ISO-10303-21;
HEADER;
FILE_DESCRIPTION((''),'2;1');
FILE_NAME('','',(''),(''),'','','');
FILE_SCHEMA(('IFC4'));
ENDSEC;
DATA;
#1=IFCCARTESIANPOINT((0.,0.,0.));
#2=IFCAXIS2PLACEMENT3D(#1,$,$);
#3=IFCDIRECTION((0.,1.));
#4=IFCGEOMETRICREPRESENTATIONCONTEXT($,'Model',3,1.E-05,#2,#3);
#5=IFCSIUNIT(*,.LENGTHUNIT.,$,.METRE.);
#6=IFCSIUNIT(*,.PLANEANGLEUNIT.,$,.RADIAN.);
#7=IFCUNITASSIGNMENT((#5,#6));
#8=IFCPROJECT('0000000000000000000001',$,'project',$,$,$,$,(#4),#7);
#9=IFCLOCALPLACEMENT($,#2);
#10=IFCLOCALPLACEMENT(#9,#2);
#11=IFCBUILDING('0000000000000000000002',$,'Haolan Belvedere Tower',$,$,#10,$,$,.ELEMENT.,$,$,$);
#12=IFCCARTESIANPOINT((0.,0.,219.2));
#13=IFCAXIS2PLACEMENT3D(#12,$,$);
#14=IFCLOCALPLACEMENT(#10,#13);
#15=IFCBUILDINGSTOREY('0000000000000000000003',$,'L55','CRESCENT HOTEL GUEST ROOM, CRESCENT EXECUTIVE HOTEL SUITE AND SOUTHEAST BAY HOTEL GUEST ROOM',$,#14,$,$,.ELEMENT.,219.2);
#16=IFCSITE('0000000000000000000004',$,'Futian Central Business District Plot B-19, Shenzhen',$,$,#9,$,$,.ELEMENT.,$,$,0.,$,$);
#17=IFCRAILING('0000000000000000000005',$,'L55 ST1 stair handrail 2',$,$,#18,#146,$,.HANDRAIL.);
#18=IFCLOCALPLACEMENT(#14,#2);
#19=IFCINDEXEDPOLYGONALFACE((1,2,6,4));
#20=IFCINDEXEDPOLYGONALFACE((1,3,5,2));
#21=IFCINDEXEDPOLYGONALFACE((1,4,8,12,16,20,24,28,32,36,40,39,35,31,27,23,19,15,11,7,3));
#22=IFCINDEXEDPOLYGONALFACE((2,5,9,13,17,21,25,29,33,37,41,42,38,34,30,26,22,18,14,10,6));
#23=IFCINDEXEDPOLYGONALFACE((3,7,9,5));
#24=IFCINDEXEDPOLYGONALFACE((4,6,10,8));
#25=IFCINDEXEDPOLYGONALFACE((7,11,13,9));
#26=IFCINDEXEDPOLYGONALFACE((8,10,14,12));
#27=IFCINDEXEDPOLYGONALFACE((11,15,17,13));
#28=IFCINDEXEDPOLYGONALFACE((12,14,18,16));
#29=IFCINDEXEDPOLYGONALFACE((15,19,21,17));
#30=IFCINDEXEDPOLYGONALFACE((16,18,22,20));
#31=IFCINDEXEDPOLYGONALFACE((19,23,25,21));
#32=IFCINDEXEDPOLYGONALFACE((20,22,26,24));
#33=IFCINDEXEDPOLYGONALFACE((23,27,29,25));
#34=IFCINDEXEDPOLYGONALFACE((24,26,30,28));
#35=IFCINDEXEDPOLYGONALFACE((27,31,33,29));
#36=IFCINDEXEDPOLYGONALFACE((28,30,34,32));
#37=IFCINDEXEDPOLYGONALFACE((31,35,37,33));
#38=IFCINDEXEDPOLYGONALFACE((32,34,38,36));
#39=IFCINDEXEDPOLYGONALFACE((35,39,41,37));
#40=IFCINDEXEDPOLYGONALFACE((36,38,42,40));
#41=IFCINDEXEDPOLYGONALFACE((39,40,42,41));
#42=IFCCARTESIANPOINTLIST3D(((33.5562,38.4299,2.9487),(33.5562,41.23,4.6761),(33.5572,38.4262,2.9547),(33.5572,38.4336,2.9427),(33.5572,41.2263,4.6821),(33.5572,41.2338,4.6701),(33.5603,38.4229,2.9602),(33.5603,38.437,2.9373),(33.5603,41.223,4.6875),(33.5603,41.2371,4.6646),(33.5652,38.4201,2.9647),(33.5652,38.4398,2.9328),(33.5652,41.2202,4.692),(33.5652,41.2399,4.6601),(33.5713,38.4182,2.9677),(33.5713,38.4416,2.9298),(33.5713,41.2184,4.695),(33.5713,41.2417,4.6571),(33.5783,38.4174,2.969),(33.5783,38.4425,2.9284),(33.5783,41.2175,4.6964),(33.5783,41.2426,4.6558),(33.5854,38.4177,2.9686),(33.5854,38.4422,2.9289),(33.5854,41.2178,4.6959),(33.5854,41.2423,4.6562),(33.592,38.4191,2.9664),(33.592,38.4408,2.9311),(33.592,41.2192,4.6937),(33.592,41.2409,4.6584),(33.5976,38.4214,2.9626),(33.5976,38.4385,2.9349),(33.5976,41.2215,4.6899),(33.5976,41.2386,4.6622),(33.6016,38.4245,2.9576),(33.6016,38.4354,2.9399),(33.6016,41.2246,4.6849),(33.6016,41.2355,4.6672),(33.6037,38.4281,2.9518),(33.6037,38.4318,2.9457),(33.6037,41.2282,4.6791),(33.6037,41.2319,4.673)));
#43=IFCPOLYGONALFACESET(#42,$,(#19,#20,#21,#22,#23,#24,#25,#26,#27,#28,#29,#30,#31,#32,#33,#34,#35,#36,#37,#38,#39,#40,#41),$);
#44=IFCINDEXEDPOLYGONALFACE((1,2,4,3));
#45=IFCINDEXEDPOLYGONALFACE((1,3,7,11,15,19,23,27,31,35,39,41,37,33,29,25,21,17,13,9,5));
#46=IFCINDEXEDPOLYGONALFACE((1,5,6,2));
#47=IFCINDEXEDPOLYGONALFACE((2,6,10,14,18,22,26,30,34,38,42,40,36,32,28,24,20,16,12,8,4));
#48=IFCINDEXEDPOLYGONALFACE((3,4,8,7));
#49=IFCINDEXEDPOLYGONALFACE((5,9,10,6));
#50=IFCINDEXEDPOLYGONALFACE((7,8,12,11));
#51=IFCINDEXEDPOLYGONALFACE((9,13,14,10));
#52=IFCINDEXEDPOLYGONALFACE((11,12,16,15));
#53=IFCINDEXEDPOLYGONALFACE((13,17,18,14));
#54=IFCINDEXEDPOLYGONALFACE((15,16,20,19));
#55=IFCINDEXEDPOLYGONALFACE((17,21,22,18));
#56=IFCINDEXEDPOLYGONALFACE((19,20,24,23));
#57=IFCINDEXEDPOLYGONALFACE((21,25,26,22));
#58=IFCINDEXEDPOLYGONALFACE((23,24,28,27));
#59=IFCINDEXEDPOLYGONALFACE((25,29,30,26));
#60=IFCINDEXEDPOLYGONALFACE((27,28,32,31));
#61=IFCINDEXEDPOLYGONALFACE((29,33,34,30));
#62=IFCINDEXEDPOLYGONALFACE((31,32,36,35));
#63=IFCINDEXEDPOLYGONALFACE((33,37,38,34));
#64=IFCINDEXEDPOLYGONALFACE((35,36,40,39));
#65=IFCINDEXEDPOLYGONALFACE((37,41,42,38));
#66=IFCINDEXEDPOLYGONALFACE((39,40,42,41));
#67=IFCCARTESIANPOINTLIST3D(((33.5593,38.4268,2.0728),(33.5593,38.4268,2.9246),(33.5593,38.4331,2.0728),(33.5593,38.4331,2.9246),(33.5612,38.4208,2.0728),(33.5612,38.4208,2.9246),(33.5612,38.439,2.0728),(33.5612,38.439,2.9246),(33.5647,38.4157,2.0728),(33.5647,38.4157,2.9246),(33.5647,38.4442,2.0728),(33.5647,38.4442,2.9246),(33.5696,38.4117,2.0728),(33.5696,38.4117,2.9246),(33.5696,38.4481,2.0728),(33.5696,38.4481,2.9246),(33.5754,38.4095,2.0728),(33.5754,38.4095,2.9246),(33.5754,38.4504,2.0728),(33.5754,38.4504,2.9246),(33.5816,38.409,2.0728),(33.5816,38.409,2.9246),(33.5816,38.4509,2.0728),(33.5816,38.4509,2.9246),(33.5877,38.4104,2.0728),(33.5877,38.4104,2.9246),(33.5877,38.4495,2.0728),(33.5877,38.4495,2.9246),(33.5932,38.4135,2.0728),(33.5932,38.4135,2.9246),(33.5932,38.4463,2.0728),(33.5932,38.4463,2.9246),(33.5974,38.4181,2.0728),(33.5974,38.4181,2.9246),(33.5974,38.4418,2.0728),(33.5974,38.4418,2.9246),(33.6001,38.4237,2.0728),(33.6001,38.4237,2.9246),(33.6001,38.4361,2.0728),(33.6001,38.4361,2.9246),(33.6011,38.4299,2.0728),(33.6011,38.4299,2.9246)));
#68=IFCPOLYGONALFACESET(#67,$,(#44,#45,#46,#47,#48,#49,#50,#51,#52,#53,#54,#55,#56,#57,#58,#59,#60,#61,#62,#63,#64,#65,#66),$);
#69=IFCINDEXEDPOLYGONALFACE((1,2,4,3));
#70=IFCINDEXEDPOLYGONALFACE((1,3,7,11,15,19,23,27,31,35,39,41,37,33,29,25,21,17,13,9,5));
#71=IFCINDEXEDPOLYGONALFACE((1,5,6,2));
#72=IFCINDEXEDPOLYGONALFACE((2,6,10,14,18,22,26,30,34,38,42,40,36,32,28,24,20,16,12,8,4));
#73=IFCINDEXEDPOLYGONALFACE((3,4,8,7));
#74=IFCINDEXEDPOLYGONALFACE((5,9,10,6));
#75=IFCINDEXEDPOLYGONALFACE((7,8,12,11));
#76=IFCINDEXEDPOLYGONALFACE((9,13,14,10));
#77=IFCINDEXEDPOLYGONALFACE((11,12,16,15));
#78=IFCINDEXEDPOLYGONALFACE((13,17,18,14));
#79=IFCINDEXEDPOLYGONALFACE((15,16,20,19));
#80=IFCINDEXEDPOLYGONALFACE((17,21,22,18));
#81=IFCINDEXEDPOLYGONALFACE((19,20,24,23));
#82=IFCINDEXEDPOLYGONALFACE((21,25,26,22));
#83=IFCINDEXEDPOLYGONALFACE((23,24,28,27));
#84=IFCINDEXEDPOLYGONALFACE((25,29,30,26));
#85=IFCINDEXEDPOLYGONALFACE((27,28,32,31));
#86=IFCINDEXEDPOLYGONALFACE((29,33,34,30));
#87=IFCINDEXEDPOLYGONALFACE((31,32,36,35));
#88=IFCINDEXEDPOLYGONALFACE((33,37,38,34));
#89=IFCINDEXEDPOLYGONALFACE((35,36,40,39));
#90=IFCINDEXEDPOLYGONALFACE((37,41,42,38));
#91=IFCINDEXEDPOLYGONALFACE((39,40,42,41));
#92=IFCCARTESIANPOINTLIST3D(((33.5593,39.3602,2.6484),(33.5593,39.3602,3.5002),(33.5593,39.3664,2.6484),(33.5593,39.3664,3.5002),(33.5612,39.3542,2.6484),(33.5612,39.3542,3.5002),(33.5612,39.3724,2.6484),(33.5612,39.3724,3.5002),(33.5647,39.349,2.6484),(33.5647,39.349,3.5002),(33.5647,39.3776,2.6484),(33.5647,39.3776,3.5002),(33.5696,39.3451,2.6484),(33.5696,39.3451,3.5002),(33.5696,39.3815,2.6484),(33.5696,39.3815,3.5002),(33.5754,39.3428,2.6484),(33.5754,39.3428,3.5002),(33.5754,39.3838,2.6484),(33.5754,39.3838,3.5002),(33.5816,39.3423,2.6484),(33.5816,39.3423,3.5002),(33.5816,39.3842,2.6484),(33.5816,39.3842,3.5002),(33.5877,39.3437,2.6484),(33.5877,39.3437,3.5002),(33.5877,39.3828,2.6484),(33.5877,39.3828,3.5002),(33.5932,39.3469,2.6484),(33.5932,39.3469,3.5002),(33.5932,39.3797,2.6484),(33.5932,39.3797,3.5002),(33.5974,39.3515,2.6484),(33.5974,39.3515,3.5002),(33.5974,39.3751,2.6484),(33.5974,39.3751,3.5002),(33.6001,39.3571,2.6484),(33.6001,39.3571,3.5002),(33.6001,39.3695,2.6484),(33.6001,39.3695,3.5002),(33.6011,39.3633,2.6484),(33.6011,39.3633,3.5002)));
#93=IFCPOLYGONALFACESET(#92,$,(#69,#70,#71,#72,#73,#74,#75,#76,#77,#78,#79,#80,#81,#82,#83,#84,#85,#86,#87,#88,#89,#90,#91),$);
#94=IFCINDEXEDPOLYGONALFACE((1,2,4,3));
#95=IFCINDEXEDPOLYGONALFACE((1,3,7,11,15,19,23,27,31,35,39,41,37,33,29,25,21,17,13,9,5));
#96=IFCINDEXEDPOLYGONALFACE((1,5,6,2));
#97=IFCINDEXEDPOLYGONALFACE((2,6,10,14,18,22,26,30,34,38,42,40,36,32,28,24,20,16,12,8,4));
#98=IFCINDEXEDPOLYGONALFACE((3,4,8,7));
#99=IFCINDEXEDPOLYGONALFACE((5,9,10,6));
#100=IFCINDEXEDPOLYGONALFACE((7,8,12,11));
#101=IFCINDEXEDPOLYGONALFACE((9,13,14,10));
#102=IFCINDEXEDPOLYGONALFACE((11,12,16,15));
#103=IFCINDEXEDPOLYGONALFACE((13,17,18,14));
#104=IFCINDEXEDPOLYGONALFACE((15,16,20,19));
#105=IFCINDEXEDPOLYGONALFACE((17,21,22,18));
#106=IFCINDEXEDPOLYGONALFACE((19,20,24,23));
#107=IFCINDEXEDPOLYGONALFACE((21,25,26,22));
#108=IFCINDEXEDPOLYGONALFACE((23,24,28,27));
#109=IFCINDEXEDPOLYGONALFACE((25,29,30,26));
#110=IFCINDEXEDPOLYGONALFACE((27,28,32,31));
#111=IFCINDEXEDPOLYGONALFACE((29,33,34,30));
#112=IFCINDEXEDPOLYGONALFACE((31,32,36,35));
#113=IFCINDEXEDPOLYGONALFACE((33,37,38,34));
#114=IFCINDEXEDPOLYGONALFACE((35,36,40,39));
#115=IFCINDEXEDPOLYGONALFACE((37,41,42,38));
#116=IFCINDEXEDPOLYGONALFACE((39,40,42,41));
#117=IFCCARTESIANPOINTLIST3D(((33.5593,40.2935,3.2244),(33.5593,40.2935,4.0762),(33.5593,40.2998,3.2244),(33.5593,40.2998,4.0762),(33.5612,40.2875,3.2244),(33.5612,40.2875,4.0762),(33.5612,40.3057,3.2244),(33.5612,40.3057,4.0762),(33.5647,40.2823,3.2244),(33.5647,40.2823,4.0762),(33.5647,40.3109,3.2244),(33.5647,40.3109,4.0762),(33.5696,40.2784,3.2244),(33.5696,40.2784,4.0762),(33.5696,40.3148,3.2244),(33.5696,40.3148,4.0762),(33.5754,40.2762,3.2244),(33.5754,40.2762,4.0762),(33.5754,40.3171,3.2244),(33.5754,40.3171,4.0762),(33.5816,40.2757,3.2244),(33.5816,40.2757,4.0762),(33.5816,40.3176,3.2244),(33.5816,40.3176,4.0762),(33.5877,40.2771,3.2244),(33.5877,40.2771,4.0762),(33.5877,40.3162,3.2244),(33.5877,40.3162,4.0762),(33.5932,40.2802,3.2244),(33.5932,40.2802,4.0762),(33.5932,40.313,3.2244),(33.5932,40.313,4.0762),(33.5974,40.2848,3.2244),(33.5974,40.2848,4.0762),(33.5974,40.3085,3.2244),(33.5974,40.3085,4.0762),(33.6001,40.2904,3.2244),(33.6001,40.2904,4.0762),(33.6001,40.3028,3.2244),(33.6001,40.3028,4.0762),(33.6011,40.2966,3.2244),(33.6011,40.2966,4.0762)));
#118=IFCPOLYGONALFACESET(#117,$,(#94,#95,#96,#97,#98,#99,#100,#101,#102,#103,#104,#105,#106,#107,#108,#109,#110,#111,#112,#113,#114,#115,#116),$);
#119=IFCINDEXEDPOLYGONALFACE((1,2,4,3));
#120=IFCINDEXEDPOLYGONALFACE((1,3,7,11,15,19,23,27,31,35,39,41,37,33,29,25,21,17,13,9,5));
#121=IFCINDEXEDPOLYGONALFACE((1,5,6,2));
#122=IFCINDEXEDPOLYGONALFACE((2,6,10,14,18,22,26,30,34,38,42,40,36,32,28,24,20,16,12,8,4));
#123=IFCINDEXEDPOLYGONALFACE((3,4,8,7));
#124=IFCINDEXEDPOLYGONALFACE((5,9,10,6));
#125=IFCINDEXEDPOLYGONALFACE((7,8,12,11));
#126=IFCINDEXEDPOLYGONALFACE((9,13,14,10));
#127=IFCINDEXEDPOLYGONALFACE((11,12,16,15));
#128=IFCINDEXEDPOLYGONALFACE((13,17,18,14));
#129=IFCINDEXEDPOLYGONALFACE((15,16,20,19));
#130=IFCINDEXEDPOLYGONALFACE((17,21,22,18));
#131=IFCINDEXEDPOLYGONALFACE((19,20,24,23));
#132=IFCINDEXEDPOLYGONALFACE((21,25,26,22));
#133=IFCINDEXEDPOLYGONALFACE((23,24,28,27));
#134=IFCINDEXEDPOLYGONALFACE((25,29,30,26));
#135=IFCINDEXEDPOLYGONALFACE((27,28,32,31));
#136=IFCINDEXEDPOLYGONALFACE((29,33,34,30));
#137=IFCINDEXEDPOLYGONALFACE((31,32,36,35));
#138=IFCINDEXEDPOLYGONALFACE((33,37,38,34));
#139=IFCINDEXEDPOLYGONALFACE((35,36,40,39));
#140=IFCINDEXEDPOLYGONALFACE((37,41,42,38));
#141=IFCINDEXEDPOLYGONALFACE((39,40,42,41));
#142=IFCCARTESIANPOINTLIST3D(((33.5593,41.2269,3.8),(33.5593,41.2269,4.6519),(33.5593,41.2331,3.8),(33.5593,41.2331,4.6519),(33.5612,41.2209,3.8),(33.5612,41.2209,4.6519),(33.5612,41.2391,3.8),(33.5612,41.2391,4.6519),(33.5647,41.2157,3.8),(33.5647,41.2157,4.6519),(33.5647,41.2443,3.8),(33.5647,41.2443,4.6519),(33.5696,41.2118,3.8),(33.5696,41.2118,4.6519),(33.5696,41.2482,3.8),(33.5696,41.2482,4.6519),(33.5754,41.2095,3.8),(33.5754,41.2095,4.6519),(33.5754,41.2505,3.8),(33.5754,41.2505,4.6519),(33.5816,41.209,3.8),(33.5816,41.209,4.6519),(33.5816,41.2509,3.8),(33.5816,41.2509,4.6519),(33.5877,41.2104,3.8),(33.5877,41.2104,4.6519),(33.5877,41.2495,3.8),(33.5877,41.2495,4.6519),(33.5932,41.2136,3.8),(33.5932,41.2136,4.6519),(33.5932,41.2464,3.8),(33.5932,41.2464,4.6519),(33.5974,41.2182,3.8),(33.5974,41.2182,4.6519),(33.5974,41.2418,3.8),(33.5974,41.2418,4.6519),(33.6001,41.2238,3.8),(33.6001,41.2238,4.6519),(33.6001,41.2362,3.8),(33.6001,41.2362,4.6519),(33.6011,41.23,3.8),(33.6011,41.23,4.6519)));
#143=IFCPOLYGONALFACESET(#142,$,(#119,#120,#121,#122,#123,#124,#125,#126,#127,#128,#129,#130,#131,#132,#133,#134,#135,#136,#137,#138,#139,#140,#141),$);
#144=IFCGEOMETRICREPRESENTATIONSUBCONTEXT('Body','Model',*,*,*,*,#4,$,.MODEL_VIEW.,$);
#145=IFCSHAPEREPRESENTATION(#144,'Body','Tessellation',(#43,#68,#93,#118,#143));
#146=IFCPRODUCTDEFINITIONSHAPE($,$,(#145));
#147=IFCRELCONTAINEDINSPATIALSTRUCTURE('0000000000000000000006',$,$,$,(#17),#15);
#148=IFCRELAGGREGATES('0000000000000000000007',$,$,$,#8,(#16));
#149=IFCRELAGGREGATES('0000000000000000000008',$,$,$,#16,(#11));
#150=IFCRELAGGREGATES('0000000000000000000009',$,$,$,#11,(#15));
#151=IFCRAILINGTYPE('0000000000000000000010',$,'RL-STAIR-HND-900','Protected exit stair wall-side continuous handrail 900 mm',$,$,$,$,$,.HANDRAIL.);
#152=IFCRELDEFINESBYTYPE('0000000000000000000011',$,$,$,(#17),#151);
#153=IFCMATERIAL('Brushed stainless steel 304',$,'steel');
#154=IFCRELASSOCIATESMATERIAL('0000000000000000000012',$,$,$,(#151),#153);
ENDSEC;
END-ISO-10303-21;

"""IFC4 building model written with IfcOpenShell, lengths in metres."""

from ifc_helpers import new_model, si_unit, direction, frame, origin, origin_2d, place, context, subcontext, project, spatial, circle, extrude, material, type_object, element, save


model = new_model("IFC4")

# Units and contexts
model_context = context("Model", 3, precision=1e-05, world=origin(), true_north=direction((0.0, 1.0)))
body_context = subcontext(model_context, "Body", "Model", "MODEL_VIEW")
ifc_project = project(units=[si_unit("LENGTHUNIT", "METRE"), si_unit("PLANEANGLEUNIT", "RADIAN")], contexts=[model_context])

# Site, building, storey
site_placement = place(None, origin())
site = spatial("IfcSite", under=ifc_project, at=site_placement, Name="Futian Central Business District Plot B-19, Shenzhen", CompositionType="ELEMENT", RefElevation=0.0)
building_placement = place(site_placement, origin())
building = spatial("IfcBuilding", under=site, at=building_placement, Name="Haolan Belvedere Tower", CompositionType="ELEMENT")
storey_placement = place(building_placement, frame((0.0, 0.0, 219.2)))
storey = spatial("IfcBuildingStorey", under=building, at=storey_placement, Name="L55", Description="CRESCENT HOTEL GUEST ROOM, CRESCENT EXECUTIVE HOTEL SUITE AND SOUTHEAST BAY HOTEL GUEST ROOM", CompositionType="ELEMENT", Elevation=219.2)

# Railing
ifc_material_1 = material(Name="Brushed stainless steel 304", Category="steel")
railing_type_1 = type_object("IfcRailingType", Name="RL-STAIR-HND-900", Description="Protected exit stair wall-side continuous handrail 900 mm", PredefinedType="HANDRAIL", material=ifc_material_1)
railing_1_placement = place(storey_placement, frame((33.5801, 38.4299, 2.0728)))
element("IfcRailing", 1, at=railing_1_placement, inside=storey, type_object=railing_type_1, Name="L55 ST1 stair handrail 2", PredefinedType="HANDRAIL", context=body_context, shape_type="SweptSolid", body=[
    extrude(circle(Radius=0.0239, at=origin_2d()), frame((0.0, 0.0, 0.876), z_axis=(0.0, 0.85109, 0.52502), x_axis=(-1.0, 0.0, 0.0)), (0.0, 0.0, 1.0), 3.29),
    extrude(circle(Radius=0.021, at=origin_2d()), origin(), (0.0, 0.0, 1.0), 0.8518),
    extrude(circle(Radius=0.021, at=origin_2d()), frame((0.0, 0.9333, 0.5757)), (0.0, 0.0, 1.0), 0.8518),
    extrude(circle(Radius=0.021, at=origin_2d()), frame((0.0, 1.8667, 1.1516)), (0.0, 0.0, 1.0), 0.8518),
    extrude(circle(Radius=0.021, at=origin_2d()), frame((0.0, 2.8, 1.7273)), (0.0, 0.0, 1.0), 0.8518),
])

save(model, "model.ifc")
